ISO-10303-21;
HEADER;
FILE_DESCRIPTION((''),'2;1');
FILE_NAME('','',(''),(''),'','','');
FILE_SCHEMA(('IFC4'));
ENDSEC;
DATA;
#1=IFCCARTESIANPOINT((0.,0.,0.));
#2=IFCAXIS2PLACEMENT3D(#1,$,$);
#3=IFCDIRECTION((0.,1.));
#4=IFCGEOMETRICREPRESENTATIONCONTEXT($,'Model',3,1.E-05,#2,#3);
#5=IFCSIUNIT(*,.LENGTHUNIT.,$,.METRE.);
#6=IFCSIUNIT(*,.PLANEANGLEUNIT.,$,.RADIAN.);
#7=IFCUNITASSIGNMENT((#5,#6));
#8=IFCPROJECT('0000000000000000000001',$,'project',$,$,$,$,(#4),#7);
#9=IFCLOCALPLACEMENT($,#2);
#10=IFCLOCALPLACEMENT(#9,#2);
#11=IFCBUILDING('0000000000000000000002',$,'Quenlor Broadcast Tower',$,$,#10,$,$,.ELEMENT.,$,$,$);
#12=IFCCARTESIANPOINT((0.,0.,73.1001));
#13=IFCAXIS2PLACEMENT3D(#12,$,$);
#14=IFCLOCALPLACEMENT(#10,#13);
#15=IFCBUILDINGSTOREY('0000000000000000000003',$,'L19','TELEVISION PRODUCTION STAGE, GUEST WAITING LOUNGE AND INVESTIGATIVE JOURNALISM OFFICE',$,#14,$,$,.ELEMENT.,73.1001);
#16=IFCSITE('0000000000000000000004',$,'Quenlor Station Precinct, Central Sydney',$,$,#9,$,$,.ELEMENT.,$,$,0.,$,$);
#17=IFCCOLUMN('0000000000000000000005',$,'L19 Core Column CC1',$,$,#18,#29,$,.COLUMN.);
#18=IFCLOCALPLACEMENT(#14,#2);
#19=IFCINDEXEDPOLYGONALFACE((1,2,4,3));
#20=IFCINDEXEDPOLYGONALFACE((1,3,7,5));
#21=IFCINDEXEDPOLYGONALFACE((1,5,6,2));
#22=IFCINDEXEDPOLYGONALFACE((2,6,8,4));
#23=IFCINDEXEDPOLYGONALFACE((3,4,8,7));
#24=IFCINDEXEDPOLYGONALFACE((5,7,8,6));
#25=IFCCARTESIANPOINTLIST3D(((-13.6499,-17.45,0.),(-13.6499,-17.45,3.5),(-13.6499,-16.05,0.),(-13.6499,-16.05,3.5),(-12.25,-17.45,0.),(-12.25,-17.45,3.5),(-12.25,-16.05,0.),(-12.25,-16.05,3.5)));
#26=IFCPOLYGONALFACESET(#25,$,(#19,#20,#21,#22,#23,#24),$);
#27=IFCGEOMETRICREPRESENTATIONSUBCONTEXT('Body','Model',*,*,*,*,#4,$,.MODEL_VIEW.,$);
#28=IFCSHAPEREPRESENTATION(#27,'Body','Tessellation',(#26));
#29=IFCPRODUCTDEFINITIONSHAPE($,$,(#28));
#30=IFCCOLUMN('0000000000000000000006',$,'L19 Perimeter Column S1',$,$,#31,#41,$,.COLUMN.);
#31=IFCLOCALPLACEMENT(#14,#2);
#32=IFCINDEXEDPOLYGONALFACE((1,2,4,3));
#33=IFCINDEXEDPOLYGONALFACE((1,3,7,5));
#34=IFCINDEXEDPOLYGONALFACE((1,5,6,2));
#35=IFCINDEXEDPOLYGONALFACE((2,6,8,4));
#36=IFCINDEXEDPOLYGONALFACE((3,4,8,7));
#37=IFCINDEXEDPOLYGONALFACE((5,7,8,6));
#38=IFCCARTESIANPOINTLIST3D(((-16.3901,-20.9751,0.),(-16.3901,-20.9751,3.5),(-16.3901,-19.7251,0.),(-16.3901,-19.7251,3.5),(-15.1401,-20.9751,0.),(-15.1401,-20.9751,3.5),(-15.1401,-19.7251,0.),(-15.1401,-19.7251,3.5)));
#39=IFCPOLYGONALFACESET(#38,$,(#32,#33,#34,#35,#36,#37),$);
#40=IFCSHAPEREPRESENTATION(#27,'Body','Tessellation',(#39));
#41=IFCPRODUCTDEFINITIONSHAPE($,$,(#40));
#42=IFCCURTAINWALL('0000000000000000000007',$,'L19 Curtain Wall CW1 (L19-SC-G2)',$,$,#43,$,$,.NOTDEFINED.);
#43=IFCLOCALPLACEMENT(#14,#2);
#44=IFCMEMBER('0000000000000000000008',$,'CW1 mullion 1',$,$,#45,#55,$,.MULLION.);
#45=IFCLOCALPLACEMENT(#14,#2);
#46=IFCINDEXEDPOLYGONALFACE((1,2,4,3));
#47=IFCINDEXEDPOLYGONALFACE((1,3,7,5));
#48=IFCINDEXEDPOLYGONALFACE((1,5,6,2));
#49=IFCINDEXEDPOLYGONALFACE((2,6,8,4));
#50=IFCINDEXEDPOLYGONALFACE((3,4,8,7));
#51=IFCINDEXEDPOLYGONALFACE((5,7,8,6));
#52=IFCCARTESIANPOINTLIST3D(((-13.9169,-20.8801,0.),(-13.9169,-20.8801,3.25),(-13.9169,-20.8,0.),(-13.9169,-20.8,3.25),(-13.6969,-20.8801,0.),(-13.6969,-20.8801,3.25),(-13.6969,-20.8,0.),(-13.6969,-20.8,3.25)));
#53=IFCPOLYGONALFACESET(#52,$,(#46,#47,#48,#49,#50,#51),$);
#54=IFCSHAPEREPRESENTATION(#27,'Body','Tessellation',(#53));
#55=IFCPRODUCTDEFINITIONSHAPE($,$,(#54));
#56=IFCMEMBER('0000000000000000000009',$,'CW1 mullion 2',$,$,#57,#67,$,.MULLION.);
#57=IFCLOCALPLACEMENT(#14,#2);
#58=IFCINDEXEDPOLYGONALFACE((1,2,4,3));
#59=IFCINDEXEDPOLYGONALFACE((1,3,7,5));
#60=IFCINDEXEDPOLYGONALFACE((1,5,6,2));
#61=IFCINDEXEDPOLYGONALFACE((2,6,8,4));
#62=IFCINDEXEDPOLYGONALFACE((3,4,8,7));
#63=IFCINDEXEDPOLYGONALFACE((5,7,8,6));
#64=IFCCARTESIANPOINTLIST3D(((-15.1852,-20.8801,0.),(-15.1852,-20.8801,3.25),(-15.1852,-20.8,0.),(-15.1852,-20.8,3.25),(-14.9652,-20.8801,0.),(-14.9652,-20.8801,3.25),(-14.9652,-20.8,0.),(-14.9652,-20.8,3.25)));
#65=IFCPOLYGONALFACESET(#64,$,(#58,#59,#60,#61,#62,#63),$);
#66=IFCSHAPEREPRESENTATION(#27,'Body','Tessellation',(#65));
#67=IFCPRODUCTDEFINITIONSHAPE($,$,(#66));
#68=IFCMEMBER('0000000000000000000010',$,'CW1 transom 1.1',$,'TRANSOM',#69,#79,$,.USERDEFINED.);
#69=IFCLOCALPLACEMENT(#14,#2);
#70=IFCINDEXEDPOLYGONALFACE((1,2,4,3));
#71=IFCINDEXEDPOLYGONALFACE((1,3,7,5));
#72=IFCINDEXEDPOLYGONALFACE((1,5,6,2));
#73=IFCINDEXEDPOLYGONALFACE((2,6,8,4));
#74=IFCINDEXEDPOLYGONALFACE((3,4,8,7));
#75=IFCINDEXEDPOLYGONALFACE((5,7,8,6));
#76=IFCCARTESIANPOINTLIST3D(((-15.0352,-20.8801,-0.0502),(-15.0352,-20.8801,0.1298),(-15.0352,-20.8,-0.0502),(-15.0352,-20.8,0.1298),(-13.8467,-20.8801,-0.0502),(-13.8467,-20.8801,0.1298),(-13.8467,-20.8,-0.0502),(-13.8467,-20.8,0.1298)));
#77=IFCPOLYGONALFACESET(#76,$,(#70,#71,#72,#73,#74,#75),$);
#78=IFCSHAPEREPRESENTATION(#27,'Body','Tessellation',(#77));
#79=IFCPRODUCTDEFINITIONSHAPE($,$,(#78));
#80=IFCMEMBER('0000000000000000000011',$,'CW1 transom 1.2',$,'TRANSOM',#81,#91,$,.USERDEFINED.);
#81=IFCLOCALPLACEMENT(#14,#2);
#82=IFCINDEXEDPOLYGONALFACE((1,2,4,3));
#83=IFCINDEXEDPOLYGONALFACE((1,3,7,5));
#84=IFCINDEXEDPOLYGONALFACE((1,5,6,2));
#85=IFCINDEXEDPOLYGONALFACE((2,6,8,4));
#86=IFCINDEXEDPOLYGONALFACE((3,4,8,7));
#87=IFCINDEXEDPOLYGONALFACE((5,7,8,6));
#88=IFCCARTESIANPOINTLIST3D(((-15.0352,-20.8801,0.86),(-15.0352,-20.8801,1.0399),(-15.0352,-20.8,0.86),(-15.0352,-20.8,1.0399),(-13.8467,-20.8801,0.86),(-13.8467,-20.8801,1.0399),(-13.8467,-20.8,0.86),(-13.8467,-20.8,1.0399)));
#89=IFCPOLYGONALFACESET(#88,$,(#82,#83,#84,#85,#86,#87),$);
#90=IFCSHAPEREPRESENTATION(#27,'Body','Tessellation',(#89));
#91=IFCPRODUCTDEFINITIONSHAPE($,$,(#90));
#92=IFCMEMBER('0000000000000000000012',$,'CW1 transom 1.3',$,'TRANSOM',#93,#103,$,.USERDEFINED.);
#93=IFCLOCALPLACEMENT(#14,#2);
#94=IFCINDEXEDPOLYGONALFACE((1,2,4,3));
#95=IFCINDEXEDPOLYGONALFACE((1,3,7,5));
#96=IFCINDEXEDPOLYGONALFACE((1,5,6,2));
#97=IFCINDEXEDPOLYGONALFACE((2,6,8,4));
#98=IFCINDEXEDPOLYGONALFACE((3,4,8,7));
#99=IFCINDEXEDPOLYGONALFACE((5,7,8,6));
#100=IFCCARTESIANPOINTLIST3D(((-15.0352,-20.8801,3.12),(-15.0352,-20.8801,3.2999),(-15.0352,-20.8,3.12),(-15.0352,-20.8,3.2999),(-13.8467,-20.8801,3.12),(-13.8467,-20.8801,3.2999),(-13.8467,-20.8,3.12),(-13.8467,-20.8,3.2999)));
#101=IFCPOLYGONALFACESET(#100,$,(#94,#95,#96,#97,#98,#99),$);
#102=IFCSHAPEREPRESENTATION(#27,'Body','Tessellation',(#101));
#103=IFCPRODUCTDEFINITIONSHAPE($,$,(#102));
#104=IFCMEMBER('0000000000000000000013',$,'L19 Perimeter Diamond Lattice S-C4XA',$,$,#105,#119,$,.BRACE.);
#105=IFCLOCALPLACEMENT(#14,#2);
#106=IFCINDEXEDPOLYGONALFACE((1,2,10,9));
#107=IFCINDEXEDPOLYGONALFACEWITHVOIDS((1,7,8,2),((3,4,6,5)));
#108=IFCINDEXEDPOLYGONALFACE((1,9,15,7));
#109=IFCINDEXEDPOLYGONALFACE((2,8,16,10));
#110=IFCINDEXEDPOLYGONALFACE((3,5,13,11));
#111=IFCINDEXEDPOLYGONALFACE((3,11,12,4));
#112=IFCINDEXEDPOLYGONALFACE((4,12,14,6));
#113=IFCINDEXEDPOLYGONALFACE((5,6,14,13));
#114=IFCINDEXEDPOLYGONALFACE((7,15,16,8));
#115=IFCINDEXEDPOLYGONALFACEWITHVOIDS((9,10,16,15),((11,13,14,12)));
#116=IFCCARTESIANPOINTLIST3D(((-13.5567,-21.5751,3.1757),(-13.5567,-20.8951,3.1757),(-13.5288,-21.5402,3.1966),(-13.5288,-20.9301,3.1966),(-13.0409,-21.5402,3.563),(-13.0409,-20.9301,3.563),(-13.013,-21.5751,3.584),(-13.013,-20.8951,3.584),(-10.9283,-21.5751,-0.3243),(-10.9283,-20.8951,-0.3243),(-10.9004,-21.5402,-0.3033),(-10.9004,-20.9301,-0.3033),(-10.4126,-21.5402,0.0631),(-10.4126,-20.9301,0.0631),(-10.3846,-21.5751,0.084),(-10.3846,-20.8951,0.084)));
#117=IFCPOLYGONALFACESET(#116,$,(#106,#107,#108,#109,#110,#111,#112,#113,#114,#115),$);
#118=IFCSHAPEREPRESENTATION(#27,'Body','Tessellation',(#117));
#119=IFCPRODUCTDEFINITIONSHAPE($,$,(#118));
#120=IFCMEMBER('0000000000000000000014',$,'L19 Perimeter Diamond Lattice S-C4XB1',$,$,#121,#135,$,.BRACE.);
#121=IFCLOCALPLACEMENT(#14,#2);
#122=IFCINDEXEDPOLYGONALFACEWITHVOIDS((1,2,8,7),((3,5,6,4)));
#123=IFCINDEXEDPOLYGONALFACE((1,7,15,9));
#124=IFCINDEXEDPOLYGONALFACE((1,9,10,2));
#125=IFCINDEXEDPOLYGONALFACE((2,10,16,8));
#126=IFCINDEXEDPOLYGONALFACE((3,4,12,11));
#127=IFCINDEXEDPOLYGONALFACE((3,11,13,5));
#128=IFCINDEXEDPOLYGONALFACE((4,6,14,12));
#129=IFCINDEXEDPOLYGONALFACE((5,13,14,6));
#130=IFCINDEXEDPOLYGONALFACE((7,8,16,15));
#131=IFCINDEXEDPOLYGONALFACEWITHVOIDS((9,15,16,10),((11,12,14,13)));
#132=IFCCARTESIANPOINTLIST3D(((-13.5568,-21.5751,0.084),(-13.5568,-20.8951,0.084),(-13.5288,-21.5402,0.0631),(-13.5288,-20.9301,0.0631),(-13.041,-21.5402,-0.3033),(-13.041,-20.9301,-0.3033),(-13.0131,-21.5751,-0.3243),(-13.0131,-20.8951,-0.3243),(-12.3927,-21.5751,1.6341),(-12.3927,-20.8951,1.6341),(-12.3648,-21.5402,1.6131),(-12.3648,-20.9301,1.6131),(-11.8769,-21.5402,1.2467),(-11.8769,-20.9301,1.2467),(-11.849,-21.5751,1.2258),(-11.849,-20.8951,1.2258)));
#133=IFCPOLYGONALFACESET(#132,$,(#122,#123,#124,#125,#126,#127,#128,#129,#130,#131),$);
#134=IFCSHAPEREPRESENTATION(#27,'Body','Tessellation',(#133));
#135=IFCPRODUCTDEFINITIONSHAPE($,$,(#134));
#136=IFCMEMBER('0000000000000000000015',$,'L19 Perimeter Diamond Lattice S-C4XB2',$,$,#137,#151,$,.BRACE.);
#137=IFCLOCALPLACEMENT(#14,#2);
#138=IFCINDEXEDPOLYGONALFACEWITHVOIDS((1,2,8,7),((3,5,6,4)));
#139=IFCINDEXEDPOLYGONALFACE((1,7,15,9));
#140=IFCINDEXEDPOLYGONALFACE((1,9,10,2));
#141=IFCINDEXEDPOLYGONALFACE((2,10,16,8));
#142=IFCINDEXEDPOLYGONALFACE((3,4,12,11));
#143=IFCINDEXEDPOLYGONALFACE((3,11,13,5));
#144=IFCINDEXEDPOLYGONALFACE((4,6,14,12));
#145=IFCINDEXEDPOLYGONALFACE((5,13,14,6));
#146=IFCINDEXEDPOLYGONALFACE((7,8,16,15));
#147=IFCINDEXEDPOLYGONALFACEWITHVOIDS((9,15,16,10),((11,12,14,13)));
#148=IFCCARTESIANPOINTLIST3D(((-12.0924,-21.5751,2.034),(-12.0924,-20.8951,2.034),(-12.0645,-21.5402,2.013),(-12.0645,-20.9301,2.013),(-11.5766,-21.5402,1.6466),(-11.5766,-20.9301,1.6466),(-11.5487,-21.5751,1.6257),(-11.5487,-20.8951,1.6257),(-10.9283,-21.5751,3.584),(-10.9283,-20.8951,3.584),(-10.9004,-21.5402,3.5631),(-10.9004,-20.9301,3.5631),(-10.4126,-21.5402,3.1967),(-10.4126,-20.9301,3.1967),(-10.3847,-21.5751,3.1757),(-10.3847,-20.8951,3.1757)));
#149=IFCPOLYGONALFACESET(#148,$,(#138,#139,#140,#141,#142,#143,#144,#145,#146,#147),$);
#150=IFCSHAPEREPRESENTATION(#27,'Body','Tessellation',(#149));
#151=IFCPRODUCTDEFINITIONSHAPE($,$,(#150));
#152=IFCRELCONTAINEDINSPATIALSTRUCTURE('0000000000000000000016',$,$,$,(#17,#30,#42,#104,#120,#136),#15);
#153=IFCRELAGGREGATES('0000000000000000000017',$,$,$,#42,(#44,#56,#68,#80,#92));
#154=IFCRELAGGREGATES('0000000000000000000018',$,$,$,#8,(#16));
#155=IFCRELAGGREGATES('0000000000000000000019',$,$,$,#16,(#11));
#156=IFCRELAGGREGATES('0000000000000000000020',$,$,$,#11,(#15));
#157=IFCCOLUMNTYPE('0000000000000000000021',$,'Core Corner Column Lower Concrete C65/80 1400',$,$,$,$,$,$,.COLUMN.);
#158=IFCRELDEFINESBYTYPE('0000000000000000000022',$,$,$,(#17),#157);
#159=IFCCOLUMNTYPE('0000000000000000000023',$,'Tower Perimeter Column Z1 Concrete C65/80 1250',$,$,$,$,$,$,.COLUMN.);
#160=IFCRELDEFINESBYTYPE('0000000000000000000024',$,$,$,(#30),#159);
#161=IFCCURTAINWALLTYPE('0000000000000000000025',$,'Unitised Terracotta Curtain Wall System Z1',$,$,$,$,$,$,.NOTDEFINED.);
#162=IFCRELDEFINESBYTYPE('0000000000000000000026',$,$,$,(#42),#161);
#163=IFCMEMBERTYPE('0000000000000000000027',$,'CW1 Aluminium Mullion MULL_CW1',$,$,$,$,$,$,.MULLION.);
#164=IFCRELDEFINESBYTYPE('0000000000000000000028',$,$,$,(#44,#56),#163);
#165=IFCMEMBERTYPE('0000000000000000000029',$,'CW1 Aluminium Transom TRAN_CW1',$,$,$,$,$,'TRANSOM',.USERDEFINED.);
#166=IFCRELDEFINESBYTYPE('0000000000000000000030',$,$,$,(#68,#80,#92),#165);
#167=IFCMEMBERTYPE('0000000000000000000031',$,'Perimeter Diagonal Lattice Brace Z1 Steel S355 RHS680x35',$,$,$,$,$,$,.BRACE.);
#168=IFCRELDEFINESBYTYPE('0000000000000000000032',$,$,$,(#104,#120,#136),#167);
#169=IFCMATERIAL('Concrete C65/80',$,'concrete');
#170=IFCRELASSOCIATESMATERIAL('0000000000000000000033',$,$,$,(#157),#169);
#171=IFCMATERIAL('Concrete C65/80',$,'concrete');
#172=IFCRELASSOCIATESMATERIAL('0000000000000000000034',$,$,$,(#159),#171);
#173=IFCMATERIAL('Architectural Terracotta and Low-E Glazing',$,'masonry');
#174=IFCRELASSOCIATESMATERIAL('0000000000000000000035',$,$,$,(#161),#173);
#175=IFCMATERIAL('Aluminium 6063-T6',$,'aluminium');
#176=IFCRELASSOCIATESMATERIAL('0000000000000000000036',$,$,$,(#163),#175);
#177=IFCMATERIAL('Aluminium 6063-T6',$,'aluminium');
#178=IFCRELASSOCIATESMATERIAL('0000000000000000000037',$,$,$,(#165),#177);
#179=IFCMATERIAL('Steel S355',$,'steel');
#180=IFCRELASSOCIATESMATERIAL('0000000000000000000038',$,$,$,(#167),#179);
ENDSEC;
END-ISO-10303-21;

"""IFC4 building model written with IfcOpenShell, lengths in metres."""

from ifc_helpers import new_model, si_unit, direction, frame, origin, origin_2d, place, context, subcontext, project, spatial, rectangle, hollow_rectangle, extrude, material, material_profile, profile_set, type_object, element, aggregate, save


model = new_model("IFC4")

# Units and contexts
model_context = context("Model", 3, precision=1e-05, world=origin(), true_north=direction((0.0, 1.0)))
body_context = subcontext(model_context, "Body", "Model", "MODEL_VIEW")
ifc_project = project(units=[si_unit("LENGTHUNIT", "METRE"), si_unit("PLANEANGLEUNIT", "RADIAN")], contexts=[model_context])

# Site, building, storey
site_placement = place(None, origin())
site = spatial("IfcSite", under=ifc_project, at=site_placement, Name="Quenlor Station Precinct, Central Sydney", CompositionType="ELEMENT", RefElevation=0.0)
building_placement = place(site_placement, origin())
building = spatial("IfcBuilding", under=site, at=building_placement, Name="Quenlor Broadcast Tower", CompositionType="ELEMENT")
storey_placement = place(building_placement, frame((0.0, 0.0, 73.1001)))
storey = spatial("IfcBuildingStorey", under=building, at=storey_placement, Name="L19", Description="TELEVISION PRODUCTION STAGE, GUEST WAITING LOUNGE AND INVESTIGATIVE JOURNALISM OFFICE", CompositionType="ELEMENT", Elevation=73.1001)

# Columns
ifc_material_1 = material(Name="Concrete C65/80", Category="concrete")
ifc_material_profile_1 = material_profile(ifc_material_1, rectangle(XDim=1.3999, YDim=1.3999, at=origin_2d()))
ifc_profile_set_1 = profile_set([ifc_material_profile_1], Name="Concrete C65/80 RC1400x1400")
column_type_1 = type_object("IfcColumnType", Name="Core Corner Column Lower Concrete C65/80 1400", PredefinedType="COLUMN", material=ifc_profile_set_1)
column_1_placement = place(storey_placement, frame((-12.95, -16.75, 0.0), z_axis=(0.0, 0.0, 1.0), x_axis=(1.0, 0.0, 0.0)))
element("IfcColumn", 1, at=column_1_placement, inside=storey, type_object=column_type_1, Name="L19 Core Column CC1", PredefinedType="COLUMN", context=body_context, shape_type="SweptSolid", body=[
    extrude(rectangle(XDim=1.3999, YDim=1.3999, at=origin_2d()), origin(), (0.0, 0.0, 1.0), 3.5),
])
ifc_material_2 = material(Name="Concrete C65/80", Category="concrete")
ifc_material_profile_2 = material_profile(ifc_material_2, rectangle(XDim=1.25, YDim=1.25, at=origin_2d()))
ifc_profile_set_2 = profile_set([ifc_material_profile_2], Name="Concrete C65/80 RC1250x1250")
column_type_2 = type_object("IfcColumnType", Name="Tower Perimeter Column Z1 Concrete C65/80 1250", PredefinedType="COLUMN", material=ifc_profile_set_2)
column_2_placement = place(storey_placement, frame((-15.7651, -20.3501, 0.0), z_axis=(0.0, 0.0, 1.0), x_axis=(0.0, 1.0, 0.0)))
element("IfcColumn", 2, at=column_2_placement, inside=storey, type_object=column_type_2, Name="L19 Perimeter Column S1", PredefinedType="COLUMN", context=body_context, shape_type="SweptSolid", body=[
    extrude(rectangle(XDim=1.25, YDim=1.25, at=origin_2d()), origin(), (0.0, 0.0, 1.0), 3.5),
])

# Curtain wall, members
ifc_material_3 = material(Name="Architectural Terracotta and Low-E Glazing", Category="masonry")
curtain_wall_type = type_object("IfcCurtainWallType", Name="Unitised Terracotta Curtain Wall System Z1", PredefinedType="NOTDEFINED", material=ifc_material_3)
curtain_wall_placement = place(storey_placement, origin())
curtain_wall = element("IfcCurtainWall", 3, at=curtain_wall_placement, inside=storey, type_object=curtain_wall_type, Name="L19 Curtain Wall CW1 (L19-SC-G2)", PredefinedType="NOTDEFINED")
ifc_material_4 = material(Name="Aluminium 6063-T6", Category="aluminium")
ifc_material_profile_3 = material_profile(ifc_material_4, rectangle(XDim=0.0801, YDim=0.22, at=origin_2d()))
ifc_profile_set_3 = profile_set([ifc_material_profile_3], Name="Aluminium 6063-T6 MULL80x220")
member_type_1 = type_object("IfcMemberType", Name="CW1 Aluminium Mullion MULL_CW1", PredefinedType="MULLION", material=ifc_profile_set_3)
member_1_placement = place(storey_placement, frame((-13.8069, -20.8401, 0.0), z_axis=(0.0, 0.0, 1.0), x_axis=(0.0, -1.0, 0.0)))
member_1 = element("IfcMember", 4, at=member_1_placement, type_object=member_type_1, Name="CW1 mullion 1", PredefinedType="MULLION", context=body_context, shape_type="SweptSolid", body=[
    extrude(rectangle(XDim=0.0801, YDim=0.22, at=origin_2d()), origin(), (0.0, 0.0, 1.0), 3.25),
])
member_2_placement = place(storey_placement, frame((-15.0752, -20.8401, 0.0), z_axis=(0.0, 0.0, 1.0), x_axis=(0.0, -1.0, 0.0)))
member_2 = element("IfcMember", 5, at=member_2_placement, type_object=member_type_1, Name="CW1 mullion 2", PredefinedType="MULLION", context=body_context, shape_type="SweptSolid", body=[
    extrude(rectangle(XDim=0.0801, YDim=0.22, at=origin_2d()), origin(), (0.0, 0.0, 1.0), 3.25),
])
ifc_material_5 = material(Name="Aluminium 6063-T6", Category="aluminium")
ifc_material_profile_4 = material_profile(ifc_material_5, rectangle(XDim=0.0801, YDim=0.1799, at=origin_2d()))
ifc_profile_set_4 = profile_set([ifc_material_profile_4], Name="Aluminium 6063-T6 TRAN80x180")
member_type_2 = type_object("IfcMemberType", Name="CW1 Aluminium Transom TRAN_CW1", ElementType="TRANSOM", PredefinedType="USERDEFINED", material=ifc_profile_set_4)
member_3_placement = place(storey_placement, frame((-13.8467, -20.8401, 0.0398), z_axis=(-1.0, 0.0, 0.0), x_axis=(0.0, -1.0, 0.0)))
member_3 = element("IfcMember", 6, at=member_3_placement, type_object=member_type_2, Name="CW1 transom 1.1", ObjectType="TRANSOM", PredefinedType="USERDEFINED", context=body_context, shape_type="SweptSolid", body=[
    extrude(rectangle(XDim=0.0801, YDim=0.1799, at=origin_2d()), origin(), (0.0, 0.0, 1.0), 1.1885),
])
member_4_placement = place(storey_placement, frame((-13.8467, -20.8401, 0.95), z_axis=(-1.0, 0.0, 0.0), x_axis=(0.0, -1.0, 0.0)))
member_4 = element("IfcMember", 7, at=member_4_placement, type_object=member_type_2, Name="CW1 transom 1.2", ObjectType="TRANSOM", PredefinedType="USERDEFINED", context=body_context, shape_type="SweptSolid", body=[
    extrude(rectangle(XDim=0.0801, YDim=0.1799, at=origin_2d()), origin(), (0.0, 0.0, 1.0), 1.1885),
])
member_5_placement = place(storey_placement, frame((-13.8467, -20.8401, 3.21), z_axis=(-1.0, 0.0, 0.0), x_axis=(0.0, -1.0, 0.0)))
member_5 = element("IfcMember", 8, at=member_5_placement, type_object=member_type_2, Name="CW1 transom 1.3", ObjectType="TRANSOM", PredefinedType="USERDEFINED", context=body_context, shape_type="SweptSolid", body=[
    extrude(rectangle(XDim=0.0801, YDim=0.1799, at=origin_2d()), origin(), (0.0, 0.0, 1.0), 1.1885),
])

# Members
ifc_material_6 = material(Name="Steel S355", Category="steel")
ifc_material_profile_5 = material_profile(ifc_material_6, hollow_rectangle(XDim=0.6799, YDim=0.6799, WallThickness=0.0349, at=origin_2d()))
ifc_profile_set_5 = profile_set([ifc_material_profile_5], Name="Steel S355 RHS680x680x35")
member_type_3 = type_object("IfcMemberType", Name="Perimeter Diagonal Lattice Brace Z1 Steel S355 RHS680x35", PredefinedType="BRACE", material=ifc_profile_set_5)
member_6_placement = place(storey_placement, frame((-10.6565, -21.2351, -0.1201), z_axis=(-0.6005, 0.0, 0.799625), x_axis=(0.0, -1.0, 0.0)))
element("IfcMember", 9, at=member_6_placement, inside=storey, type_object=member_type_3, Name="L19 Perimeter Diamond Lattice S-C4XA", PredefinedType="BRACE", context=body_context, shape_type="SweptSolid", body=[
    extrude(hollow_rectangle(XDim=0.6799, YDim=0.6799, WallThickness=0.0349, at=origin_2d()), origin(), (0.0, 0.0, 1.0), 4.377),
])
for number, where, z_axis, x_axis, name in (
    (10, (-13.2849, -21.2351, -0.1201), (0.600504, 0.0, 0.799622), (0.0, 1.0, 0.0), "L19 Perimeter Diamond Lattice S-C4XB1"),
    (11, (-11.8206, -21.2351, 1.8298), (0.600504, 0.0, 0.799622), (0.0, 1.0, 0.0), "L19 Perimeter Diamond Lattice S-C4XB2"),
):
    element("IfcMember", number, at=place(storey_placement, frame(where, z_axis=z_axis, x_axis=x_axis)), inside=storey, type_object=member_type_3, Name=name, PredefinedType="BRACE", context=body_context, shape_type="SweptSolid", body=[
        extrude(hollow_rectangle(XDim=0.6799, YDim=0.6799, WallThickness=0.0349, at=origin_2d()), origin(), (0.0, 0.0, 1.0), 1.9385),
    ])

aggregate(curtain_wall, [member_1, member_2, member_3, member_4, member_5])

save(model, "model.ifc")
